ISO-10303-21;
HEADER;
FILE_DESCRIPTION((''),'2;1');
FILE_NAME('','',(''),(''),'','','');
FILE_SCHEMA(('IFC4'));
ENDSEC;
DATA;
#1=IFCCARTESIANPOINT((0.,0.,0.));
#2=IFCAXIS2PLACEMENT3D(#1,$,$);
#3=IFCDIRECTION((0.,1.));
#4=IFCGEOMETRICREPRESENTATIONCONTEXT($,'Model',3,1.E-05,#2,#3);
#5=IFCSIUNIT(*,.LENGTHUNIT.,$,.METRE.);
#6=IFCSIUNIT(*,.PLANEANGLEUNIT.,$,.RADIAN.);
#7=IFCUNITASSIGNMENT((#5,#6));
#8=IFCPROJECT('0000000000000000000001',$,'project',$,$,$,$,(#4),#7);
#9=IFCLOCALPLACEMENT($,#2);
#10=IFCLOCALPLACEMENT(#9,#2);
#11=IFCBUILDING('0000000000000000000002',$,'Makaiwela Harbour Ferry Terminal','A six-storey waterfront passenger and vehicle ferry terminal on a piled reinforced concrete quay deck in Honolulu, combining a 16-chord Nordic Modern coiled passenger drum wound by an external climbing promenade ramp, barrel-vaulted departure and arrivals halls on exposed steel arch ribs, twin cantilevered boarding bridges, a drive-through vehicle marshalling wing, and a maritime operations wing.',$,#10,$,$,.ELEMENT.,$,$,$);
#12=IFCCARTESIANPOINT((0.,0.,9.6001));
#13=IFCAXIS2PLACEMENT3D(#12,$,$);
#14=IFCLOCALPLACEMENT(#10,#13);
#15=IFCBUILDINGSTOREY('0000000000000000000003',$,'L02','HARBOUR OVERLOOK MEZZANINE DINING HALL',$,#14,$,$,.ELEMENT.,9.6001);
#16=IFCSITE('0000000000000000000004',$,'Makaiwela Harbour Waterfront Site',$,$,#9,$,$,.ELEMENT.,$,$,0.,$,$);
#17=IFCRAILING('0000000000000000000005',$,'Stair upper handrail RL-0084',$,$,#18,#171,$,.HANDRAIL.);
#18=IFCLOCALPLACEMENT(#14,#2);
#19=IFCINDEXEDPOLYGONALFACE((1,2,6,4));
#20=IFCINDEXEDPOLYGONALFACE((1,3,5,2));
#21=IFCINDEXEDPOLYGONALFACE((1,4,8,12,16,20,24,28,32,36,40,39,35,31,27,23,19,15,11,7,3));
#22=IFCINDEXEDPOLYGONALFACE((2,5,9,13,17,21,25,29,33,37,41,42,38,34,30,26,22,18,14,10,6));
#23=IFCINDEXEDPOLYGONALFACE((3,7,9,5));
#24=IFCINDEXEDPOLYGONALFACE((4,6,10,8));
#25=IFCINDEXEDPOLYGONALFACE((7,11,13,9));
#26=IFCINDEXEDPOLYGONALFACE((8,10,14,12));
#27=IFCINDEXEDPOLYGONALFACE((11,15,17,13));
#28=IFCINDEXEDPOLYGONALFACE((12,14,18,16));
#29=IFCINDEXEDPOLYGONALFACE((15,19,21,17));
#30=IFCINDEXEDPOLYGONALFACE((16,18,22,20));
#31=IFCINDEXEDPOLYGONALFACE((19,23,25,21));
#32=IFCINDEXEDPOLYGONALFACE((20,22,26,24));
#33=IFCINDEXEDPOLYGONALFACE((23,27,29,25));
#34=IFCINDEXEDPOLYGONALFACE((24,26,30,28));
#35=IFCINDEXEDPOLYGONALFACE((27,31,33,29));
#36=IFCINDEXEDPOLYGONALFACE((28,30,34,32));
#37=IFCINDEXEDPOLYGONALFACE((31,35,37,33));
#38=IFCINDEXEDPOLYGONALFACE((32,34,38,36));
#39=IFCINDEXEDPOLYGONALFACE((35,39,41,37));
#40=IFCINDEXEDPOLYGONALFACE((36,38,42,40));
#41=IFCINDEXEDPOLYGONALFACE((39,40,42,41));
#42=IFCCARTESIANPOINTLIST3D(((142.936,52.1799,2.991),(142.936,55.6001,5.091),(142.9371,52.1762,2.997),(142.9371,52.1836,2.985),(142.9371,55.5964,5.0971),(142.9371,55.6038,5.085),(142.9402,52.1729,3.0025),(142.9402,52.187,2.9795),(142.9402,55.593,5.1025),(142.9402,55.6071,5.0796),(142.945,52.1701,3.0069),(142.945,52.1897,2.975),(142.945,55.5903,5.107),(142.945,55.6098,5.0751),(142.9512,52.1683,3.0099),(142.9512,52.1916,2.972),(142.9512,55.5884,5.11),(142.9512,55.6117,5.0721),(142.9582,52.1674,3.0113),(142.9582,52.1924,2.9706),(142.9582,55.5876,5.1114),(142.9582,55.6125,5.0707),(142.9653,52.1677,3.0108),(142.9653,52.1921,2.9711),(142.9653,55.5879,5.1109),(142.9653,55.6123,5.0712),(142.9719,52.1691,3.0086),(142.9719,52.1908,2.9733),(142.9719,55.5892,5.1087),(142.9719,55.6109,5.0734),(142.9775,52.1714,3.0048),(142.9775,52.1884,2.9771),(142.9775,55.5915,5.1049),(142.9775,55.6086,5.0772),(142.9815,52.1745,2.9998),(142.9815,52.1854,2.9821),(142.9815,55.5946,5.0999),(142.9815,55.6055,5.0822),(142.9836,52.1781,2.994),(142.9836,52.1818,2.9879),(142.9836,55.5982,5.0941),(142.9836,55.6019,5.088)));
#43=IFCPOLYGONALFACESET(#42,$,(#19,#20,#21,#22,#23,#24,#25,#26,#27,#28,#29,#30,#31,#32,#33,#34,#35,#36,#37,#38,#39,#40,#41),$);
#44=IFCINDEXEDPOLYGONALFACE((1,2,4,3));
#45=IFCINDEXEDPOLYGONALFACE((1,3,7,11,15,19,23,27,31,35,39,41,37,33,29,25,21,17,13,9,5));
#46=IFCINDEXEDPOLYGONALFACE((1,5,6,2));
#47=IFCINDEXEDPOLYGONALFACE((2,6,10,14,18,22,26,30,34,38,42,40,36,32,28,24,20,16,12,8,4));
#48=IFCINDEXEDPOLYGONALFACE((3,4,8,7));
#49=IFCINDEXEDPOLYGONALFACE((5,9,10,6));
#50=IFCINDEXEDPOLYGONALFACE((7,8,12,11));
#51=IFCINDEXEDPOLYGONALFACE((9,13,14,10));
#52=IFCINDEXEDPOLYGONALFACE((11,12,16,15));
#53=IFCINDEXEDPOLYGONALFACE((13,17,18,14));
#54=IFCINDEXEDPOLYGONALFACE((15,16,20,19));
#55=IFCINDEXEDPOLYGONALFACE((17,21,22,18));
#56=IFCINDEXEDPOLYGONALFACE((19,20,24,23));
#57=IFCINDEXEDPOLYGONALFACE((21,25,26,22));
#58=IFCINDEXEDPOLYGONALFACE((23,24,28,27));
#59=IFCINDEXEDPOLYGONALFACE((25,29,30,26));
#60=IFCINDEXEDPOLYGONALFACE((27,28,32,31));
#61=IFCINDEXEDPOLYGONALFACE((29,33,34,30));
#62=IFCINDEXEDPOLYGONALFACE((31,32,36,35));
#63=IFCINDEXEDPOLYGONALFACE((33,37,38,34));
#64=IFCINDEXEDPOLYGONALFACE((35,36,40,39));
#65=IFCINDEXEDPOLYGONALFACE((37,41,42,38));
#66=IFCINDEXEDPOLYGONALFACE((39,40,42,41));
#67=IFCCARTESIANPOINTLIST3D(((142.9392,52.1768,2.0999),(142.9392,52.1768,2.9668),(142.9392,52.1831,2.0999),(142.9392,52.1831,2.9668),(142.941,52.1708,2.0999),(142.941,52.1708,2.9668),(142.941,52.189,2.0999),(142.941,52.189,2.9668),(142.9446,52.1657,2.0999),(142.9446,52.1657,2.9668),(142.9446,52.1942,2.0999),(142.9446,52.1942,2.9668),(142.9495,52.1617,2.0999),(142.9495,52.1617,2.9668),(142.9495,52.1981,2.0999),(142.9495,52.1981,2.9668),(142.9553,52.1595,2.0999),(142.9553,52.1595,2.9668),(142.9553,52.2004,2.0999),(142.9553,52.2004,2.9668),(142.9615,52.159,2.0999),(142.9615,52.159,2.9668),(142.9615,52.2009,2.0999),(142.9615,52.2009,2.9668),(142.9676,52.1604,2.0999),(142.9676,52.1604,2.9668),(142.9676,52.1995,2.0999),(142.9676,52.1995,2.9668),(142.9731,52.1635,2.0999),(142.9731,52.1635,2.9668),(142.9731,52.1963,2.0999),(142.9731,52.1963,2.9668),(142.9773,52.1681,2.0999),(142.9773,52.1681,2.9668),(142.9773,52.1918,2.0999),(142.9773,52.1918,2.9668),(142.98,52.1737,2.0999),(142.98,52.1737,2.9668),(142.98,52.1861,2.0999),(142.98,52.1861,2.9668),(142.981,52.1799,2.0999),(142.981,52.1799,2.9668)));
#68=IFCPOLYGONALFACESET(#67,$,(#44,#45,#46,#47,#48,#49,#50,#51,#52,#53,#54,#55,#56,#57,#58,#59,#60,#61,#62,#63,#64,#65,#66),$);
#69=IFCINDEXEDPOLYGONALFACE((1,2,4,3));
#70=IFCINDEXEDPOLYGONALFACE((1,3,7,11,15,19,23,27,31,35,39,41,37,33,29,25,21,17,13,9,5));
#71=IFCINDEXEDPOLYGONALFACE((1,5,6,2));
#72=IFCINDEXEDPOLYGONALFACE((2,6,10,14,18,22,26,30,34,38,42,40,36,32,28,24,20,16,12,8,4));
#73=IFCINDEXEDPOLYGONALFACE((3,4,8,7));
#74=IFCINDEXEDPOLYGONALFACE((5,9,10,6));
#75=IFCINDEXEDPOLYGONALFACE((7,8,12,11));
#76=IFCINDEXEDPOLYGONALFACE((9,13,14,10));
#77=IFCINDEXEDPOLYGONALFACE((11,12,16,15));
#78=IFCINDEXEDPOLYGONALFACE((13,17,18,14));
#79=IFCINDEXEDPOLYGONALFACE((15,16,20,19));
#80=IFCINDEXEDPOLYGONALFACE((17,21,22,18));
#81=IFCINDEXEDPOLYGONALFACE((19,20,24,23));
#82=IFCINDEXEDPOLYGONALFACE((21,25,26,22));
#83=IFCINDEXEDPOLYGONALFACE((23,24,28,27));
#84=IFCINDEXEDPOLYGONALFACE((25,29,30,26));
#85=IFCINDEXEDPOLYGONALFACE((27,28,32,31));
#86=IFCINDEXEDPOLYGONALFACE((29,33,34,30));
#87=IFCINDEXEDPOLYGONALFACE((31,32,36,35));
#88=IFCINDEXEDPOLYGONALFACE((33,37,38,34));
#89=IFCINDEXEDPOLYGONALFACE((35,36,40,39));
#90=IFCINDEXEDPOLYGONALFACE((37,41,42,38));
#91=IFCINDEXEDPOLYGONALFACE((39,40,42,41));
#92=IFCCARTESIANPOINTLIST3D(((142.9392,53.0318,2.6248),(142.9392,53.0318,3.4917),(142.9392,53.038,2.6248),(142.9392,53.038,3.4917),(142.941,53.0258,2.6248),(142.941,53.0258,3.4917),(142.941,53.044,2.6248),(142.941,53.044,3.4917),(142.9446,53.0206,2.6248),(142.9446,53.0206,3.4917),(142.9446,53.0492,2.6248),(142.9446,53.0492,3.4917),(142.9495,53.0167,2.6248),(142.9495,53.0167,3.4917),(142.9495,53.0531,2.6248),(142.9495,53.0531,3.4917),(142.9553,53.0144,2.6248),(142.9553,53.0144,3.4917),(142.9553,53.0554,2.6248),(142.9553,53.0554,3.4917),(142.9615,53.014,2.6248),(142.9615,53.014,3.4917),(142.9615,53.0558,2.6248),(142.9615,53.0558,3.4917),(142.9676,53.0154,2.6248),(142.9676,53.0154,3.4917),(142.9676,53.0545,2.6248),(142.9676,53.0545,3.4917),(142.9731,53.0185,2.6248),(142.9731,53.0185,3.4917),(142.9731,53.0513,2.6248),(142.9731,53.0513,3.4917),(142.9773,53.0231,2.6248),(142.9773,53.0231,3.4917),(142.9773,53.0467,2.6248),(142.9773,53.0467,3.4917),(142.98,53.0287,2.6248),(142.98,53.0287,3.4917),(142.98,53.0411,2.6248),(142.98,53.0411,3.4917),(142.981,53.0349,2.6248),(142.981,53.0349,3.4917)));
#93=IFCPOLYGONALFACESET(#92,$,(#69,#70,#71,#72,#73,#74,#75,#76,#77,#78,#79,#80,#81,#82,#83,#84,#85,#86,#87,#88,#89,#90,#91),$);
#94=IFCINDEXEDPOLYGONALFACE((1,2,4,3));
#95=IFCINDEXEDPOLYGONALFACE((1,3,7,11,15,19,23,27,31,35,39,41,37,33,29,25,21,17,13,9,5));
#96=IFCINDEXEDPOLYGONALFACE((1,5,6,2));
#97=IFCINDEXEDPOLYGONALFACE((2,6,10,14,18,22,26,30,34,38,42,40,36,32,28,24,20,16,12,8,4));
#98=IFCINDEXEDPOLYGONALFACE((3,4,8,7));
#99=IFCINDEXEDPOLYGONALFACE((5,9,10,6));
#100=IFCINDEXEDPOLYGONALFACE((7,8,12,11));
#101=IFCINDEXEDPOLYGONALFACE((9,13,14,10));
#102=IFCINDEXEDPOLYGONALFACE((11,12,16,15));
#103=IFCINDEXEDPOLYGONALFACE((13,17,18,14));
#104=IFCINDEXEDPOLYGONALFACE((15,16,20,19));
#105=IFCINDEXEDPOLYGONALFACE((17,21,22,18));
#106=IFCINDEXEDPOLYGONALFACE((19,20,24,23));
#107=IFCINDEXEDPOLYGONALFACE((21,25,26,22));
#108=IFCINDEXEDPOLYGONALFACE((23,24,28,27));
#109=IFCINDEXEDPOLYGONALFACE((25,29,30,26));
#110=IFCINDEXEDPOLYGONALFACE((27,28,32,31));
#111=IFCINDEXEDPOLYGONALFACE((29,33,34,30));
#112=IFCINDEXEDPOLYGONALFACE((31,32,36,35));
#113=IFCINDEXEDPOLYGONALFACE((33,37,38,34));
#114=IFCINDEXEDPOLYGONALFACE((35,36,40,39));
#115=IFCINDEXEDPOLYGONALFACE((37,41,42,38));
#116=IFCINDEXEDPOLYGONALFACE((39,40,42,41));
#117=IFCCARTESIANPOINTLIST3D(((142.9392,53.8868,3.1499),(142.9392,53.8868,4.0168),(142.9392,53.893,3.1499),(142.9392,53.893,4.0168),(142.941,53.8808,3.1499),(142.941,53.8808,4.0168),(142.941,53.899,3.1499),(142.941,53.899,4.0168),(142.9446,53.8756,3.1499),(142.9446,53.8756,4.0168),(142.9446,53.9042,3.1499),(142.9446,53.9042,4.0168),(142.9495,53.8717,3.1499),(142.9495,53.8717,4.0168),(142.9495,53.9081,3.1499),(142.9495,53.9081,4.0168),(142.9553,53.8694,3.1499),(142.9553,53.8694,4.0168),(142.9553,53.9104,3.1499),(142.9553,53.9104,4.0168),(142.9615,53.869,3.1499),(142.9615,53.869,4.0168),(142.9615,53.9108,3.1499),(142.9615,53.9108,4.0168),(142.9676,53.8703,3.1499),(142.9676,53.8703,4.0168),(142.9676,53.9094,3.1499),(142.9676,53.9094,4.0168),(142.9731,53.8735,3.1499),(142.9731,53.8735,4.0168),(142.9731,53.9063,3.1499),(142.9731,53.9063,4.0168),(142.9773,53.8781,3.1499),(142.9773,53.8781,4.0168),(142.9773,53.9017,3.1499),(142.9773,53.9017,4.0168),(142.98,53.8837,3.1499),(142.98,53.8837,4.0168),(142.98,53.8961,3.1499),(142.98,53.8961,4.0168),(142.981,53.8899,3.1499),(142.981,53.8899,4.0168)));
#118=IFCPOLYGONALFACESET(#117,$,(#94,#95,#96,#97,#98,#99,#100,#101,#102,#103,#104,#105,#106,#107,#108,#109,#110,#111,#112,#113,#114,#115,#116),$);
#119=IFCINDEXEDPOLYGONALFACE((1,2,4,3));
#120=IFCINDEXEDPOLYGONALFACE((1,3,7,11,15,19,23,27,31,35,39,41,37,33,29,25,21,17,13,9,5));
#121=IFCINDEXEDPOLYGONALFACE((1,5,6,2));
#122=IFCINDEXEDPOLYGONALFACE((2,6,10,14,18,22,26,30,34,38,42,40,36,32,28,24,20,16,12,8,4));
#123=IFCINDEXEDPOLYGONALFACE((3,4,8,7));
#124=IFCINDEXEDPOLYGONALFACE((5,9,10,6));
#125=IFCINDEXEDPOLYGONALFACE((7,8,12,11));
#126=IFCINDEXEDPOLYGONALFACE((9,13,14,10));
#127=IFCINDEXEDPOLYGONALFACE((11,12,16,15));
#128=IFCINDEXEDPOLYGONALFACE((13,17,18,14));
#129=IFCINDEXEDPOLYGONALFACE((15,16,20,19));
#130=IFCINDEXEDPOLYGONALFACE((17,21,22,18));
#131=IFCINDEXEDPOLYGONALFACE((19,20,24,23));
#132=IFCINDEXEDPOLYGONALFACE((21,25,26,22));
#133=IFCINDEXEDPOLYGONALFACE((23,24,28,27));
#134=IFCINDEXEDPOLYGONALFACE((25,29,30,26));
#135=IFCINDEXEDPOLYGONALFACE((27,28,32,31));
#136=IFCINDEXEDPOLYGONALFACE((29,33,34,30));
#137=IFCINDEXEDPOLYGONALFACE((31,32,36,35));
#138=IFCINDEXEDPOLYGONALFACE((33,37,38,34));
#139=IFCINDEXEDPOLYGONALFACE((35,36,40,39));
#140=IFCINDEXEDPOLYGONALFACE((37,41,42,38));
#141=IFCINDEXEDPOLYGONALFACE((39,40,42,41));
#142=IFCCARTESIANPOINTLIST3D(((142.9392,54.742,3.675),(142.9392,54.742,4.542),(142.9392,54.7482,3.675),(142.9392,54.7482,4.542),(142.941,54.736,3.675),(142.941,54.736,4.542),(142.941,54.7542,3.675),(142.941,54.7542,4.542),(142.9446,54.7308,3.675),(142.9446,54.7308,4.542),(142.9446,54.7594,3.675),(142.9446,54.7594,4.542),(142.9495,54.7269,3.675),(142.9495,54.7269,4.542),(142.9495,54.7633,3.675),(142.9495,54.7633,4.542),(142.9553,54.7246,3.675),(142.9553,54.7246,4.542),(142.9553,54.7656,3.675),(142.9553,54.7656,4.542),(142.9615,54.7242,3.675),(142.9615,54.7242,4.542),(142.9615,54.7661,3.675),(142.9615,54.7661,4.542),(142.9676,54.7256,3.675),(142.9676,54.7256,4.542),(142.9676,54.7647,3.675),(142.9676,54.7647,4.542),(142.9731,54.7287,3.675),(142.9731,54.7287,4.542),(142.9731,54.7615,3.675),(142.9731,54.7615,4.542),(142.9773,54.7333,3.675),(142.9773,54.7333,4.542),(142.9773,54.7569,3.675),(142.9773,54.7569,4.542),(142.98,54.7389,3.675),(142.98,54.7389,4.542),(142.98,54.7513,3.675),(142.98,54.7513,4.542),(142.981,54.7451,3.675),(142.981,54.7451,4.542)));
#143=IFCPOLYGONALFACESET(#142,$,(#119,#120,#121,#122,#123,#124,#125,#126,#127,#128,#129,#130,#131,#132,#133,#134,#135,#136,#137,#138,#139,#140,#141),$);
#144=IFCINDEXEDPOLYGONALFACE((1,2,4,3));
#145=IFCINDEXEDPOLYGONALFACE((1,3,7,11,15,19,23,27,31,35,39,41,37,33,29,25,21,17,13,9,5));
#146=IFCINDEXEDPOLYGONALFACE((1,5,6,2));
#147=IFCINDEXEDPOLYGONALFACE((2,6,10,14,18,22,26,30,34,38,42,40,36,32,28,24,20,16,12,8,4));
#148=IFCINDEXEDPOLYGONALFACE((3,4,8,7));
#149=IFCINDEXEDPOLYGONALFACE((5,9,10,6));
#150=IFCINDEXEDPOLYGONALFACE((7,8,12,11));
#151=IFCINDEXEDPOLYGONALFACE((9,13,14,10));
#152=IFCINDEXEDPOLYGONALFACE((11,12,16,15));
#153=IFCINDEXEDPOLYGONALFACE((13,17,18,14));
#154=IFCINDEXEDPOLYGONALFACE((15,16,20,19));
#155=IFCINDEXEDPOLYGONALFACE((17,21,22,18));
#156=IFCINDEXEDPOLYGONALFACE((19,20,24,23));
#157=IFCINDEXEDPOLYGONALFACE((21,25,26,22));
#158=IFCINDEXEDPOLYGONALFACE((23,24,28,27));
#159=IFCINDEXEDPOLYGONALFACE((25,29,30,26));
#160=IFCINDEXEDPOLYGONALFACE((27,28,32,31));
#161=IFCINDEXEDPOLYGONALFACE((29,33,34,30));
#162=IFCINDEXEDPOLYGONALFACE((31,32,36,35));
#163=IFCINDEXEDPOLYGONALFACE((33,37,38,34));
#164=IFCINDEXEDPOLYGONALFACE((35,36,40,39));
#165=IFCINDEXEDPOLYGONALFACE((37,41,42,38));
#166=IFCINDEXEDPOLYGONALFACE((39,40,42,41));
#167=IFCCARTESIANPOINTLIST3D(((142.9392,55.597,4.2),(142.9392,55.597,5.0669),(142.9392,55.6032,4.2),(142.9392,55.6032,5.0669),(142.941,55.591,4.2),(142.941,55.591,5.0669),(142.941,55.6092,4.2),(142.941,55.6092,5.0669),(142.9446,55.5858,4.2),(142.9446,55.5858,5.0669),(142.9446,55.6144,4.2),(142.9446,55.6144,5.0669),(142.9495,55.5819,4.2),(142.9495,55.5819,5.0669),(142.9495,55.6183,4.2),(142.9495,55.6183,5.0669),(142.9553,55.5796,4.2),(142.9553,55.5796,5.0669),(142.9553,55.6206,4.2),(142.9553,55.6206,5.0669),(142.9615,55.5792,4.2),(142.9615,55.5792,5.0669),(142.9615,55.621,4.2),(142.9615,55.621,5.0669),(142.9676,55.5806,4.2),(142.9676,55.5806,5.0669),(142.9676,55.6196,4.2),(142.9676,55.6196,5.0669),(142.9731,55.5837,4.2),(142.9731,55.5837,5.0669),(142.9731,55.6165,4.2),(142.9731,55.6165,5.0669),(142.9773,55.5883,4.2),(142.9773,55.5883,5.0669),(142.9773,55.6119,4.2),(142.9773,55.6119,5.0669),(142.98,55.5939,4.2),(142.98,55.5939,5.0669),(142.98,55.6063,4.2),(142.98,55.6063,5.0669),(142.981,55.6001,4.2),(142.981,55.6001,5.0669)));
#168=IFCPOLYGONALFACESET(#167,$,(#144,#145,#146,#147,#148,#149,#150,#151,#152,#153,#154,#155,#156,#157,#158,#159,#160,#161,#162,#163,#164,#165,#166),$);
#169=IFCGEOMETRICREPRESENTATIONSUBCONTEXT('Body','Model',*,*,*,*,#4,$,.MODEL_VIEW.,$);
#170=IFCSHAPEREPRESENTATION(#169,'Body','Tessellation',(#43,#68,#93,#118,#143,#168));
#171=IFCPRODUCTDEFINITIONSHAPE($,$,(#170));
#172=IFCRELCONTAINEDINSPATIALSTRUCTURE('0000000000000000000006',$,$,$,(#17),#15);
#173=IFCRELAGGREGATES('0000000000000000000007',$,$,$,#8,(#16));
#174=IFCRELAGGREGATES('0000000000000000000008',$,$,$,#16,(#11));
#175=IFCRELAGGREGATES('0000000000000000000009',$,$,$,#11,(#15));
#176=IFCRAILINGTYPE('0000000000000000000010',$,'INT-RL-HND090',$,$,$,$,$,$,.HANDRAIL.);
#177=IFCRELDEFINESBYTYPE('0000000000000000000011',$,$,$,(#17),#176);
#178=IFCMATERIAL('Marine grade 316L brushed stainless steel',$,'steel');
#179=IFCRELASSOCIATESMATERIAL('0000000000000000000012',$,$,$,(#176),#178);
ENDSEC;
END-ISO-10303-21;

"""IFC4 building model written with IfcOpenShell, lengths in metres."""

from ifc_helpers import new_model, si_unit, direction, frame, origin, origin_2d, place, context, subcontext, project, spatial, circle, extrude, material, type_object, element, save


model = new_model("IFC4")

# Units and contexts
model_context = context("Model", 3, precision=1e-05, world=origin(), true_north=direction((0.0, 1.0)))
body_context = subcontext(model_context, "Body", "Model", "MODEL_VIEW")
ifc_project = project(units=[si_unit("LENGTHUNIT", "METRE"), si_unit("PLANEANGLEUNIT", "RADIAN")], contexts=[model_context])

# Site, building, storey
site_placement = place(None, origin())
site = spatial("IfcSite", under=ifc_project, at=site_placement, Name="Makaiwela Harbour Waterfront Site", CompositionType="ELEMENT", RefElevation=0.0)
building_placement = place(site_placement, origin())
building = spatial("IfcBuilding", under=site, at=building_placement, Name="Makaiwela Harbour Ferry Terminal", Description="A six-storey waterfront passenger and vehicle ferry terminal on a piled reinforced concrete quay deck in Honolulu, combining a 16-chord Nordic Modern coiled passenger drum wound by an external climbing promenade ramp, barrel-vaulted departure and arrivals halls on exposed steel arch ribs, twin cantilevered boarding bridges, a drive-through vehicle marshalling wing, and a maritime operations wing.", CompositionType="ELEMENT")
storey_placement = place(building_placement, frame((0.0, 0.0, 9.6001)))
storey = spatial("IfcBuildingStorey", under=building, at=storey_placement, Name="L02", Description="HARBOUR OVERLOOK MEZZANINE DINING HALL", CompositionType="ELEMENT", Elevation=9.6001)

# Shared definitions
ifc_material_1 = material(Name="Marine grade 316L brushed stainless steel", Category="steel")

# Railing
railing_type_1 = type_object("IfcRailingType", Name="INT-RL-HND090", PredefinedType="HANDRAIL", material=ifc_material_1)
railing_1_placement = place(storey_placement, frame((142.96, 52.1799, 2.0999)))
element("IfcRailing", 1, at=railing_1_placement, inside=storey, type_object=railing_type_1, Name="Stair upper handrail RL-0084", PredefinedType="HANDRAIL", context=body_context, shape_type="SweptSolid", body=[
    extrude(circle(Radius=0.0239, at=origin_2d()), frame((0.0, 0.0, 0.8911), z_axis=(0.0, 0.852172, 0.523262), x_axis=(-1.0, 0.0, 0.0)), (0.0, 0.0, 1.0), 4.0134),
    extrude(circle(Radius=0.021, at=origin_2d()), origin(), (0.0, 0.0, 1.0), 0.8669),
    extrude(circle(Radius=0.021, at=origin_2d()), frame((0.0, 0.855, 0.5249)), (0.0, 0.0, 1.0), 0.8669),
    extrude(circle(Radius=0.021, at=origin_2d()), frame((0.0, 1.71, 1.05)), (0.0, 0.0, 1.0), 0.8669),
    extrude(circle(Radius=0.021, at=origin_2d()), frame((0.0, 2.5652, 1.5752)), (0.0, 0.0, 1.0), 0.8669),
    extrude(circle(Radius=0.021, at=origin_2d()), frame((0.0, 3.4202, 2.1001)), (0.0, 0.0, 1.0), 0.8669),
])

save(model, "model.ifc")
